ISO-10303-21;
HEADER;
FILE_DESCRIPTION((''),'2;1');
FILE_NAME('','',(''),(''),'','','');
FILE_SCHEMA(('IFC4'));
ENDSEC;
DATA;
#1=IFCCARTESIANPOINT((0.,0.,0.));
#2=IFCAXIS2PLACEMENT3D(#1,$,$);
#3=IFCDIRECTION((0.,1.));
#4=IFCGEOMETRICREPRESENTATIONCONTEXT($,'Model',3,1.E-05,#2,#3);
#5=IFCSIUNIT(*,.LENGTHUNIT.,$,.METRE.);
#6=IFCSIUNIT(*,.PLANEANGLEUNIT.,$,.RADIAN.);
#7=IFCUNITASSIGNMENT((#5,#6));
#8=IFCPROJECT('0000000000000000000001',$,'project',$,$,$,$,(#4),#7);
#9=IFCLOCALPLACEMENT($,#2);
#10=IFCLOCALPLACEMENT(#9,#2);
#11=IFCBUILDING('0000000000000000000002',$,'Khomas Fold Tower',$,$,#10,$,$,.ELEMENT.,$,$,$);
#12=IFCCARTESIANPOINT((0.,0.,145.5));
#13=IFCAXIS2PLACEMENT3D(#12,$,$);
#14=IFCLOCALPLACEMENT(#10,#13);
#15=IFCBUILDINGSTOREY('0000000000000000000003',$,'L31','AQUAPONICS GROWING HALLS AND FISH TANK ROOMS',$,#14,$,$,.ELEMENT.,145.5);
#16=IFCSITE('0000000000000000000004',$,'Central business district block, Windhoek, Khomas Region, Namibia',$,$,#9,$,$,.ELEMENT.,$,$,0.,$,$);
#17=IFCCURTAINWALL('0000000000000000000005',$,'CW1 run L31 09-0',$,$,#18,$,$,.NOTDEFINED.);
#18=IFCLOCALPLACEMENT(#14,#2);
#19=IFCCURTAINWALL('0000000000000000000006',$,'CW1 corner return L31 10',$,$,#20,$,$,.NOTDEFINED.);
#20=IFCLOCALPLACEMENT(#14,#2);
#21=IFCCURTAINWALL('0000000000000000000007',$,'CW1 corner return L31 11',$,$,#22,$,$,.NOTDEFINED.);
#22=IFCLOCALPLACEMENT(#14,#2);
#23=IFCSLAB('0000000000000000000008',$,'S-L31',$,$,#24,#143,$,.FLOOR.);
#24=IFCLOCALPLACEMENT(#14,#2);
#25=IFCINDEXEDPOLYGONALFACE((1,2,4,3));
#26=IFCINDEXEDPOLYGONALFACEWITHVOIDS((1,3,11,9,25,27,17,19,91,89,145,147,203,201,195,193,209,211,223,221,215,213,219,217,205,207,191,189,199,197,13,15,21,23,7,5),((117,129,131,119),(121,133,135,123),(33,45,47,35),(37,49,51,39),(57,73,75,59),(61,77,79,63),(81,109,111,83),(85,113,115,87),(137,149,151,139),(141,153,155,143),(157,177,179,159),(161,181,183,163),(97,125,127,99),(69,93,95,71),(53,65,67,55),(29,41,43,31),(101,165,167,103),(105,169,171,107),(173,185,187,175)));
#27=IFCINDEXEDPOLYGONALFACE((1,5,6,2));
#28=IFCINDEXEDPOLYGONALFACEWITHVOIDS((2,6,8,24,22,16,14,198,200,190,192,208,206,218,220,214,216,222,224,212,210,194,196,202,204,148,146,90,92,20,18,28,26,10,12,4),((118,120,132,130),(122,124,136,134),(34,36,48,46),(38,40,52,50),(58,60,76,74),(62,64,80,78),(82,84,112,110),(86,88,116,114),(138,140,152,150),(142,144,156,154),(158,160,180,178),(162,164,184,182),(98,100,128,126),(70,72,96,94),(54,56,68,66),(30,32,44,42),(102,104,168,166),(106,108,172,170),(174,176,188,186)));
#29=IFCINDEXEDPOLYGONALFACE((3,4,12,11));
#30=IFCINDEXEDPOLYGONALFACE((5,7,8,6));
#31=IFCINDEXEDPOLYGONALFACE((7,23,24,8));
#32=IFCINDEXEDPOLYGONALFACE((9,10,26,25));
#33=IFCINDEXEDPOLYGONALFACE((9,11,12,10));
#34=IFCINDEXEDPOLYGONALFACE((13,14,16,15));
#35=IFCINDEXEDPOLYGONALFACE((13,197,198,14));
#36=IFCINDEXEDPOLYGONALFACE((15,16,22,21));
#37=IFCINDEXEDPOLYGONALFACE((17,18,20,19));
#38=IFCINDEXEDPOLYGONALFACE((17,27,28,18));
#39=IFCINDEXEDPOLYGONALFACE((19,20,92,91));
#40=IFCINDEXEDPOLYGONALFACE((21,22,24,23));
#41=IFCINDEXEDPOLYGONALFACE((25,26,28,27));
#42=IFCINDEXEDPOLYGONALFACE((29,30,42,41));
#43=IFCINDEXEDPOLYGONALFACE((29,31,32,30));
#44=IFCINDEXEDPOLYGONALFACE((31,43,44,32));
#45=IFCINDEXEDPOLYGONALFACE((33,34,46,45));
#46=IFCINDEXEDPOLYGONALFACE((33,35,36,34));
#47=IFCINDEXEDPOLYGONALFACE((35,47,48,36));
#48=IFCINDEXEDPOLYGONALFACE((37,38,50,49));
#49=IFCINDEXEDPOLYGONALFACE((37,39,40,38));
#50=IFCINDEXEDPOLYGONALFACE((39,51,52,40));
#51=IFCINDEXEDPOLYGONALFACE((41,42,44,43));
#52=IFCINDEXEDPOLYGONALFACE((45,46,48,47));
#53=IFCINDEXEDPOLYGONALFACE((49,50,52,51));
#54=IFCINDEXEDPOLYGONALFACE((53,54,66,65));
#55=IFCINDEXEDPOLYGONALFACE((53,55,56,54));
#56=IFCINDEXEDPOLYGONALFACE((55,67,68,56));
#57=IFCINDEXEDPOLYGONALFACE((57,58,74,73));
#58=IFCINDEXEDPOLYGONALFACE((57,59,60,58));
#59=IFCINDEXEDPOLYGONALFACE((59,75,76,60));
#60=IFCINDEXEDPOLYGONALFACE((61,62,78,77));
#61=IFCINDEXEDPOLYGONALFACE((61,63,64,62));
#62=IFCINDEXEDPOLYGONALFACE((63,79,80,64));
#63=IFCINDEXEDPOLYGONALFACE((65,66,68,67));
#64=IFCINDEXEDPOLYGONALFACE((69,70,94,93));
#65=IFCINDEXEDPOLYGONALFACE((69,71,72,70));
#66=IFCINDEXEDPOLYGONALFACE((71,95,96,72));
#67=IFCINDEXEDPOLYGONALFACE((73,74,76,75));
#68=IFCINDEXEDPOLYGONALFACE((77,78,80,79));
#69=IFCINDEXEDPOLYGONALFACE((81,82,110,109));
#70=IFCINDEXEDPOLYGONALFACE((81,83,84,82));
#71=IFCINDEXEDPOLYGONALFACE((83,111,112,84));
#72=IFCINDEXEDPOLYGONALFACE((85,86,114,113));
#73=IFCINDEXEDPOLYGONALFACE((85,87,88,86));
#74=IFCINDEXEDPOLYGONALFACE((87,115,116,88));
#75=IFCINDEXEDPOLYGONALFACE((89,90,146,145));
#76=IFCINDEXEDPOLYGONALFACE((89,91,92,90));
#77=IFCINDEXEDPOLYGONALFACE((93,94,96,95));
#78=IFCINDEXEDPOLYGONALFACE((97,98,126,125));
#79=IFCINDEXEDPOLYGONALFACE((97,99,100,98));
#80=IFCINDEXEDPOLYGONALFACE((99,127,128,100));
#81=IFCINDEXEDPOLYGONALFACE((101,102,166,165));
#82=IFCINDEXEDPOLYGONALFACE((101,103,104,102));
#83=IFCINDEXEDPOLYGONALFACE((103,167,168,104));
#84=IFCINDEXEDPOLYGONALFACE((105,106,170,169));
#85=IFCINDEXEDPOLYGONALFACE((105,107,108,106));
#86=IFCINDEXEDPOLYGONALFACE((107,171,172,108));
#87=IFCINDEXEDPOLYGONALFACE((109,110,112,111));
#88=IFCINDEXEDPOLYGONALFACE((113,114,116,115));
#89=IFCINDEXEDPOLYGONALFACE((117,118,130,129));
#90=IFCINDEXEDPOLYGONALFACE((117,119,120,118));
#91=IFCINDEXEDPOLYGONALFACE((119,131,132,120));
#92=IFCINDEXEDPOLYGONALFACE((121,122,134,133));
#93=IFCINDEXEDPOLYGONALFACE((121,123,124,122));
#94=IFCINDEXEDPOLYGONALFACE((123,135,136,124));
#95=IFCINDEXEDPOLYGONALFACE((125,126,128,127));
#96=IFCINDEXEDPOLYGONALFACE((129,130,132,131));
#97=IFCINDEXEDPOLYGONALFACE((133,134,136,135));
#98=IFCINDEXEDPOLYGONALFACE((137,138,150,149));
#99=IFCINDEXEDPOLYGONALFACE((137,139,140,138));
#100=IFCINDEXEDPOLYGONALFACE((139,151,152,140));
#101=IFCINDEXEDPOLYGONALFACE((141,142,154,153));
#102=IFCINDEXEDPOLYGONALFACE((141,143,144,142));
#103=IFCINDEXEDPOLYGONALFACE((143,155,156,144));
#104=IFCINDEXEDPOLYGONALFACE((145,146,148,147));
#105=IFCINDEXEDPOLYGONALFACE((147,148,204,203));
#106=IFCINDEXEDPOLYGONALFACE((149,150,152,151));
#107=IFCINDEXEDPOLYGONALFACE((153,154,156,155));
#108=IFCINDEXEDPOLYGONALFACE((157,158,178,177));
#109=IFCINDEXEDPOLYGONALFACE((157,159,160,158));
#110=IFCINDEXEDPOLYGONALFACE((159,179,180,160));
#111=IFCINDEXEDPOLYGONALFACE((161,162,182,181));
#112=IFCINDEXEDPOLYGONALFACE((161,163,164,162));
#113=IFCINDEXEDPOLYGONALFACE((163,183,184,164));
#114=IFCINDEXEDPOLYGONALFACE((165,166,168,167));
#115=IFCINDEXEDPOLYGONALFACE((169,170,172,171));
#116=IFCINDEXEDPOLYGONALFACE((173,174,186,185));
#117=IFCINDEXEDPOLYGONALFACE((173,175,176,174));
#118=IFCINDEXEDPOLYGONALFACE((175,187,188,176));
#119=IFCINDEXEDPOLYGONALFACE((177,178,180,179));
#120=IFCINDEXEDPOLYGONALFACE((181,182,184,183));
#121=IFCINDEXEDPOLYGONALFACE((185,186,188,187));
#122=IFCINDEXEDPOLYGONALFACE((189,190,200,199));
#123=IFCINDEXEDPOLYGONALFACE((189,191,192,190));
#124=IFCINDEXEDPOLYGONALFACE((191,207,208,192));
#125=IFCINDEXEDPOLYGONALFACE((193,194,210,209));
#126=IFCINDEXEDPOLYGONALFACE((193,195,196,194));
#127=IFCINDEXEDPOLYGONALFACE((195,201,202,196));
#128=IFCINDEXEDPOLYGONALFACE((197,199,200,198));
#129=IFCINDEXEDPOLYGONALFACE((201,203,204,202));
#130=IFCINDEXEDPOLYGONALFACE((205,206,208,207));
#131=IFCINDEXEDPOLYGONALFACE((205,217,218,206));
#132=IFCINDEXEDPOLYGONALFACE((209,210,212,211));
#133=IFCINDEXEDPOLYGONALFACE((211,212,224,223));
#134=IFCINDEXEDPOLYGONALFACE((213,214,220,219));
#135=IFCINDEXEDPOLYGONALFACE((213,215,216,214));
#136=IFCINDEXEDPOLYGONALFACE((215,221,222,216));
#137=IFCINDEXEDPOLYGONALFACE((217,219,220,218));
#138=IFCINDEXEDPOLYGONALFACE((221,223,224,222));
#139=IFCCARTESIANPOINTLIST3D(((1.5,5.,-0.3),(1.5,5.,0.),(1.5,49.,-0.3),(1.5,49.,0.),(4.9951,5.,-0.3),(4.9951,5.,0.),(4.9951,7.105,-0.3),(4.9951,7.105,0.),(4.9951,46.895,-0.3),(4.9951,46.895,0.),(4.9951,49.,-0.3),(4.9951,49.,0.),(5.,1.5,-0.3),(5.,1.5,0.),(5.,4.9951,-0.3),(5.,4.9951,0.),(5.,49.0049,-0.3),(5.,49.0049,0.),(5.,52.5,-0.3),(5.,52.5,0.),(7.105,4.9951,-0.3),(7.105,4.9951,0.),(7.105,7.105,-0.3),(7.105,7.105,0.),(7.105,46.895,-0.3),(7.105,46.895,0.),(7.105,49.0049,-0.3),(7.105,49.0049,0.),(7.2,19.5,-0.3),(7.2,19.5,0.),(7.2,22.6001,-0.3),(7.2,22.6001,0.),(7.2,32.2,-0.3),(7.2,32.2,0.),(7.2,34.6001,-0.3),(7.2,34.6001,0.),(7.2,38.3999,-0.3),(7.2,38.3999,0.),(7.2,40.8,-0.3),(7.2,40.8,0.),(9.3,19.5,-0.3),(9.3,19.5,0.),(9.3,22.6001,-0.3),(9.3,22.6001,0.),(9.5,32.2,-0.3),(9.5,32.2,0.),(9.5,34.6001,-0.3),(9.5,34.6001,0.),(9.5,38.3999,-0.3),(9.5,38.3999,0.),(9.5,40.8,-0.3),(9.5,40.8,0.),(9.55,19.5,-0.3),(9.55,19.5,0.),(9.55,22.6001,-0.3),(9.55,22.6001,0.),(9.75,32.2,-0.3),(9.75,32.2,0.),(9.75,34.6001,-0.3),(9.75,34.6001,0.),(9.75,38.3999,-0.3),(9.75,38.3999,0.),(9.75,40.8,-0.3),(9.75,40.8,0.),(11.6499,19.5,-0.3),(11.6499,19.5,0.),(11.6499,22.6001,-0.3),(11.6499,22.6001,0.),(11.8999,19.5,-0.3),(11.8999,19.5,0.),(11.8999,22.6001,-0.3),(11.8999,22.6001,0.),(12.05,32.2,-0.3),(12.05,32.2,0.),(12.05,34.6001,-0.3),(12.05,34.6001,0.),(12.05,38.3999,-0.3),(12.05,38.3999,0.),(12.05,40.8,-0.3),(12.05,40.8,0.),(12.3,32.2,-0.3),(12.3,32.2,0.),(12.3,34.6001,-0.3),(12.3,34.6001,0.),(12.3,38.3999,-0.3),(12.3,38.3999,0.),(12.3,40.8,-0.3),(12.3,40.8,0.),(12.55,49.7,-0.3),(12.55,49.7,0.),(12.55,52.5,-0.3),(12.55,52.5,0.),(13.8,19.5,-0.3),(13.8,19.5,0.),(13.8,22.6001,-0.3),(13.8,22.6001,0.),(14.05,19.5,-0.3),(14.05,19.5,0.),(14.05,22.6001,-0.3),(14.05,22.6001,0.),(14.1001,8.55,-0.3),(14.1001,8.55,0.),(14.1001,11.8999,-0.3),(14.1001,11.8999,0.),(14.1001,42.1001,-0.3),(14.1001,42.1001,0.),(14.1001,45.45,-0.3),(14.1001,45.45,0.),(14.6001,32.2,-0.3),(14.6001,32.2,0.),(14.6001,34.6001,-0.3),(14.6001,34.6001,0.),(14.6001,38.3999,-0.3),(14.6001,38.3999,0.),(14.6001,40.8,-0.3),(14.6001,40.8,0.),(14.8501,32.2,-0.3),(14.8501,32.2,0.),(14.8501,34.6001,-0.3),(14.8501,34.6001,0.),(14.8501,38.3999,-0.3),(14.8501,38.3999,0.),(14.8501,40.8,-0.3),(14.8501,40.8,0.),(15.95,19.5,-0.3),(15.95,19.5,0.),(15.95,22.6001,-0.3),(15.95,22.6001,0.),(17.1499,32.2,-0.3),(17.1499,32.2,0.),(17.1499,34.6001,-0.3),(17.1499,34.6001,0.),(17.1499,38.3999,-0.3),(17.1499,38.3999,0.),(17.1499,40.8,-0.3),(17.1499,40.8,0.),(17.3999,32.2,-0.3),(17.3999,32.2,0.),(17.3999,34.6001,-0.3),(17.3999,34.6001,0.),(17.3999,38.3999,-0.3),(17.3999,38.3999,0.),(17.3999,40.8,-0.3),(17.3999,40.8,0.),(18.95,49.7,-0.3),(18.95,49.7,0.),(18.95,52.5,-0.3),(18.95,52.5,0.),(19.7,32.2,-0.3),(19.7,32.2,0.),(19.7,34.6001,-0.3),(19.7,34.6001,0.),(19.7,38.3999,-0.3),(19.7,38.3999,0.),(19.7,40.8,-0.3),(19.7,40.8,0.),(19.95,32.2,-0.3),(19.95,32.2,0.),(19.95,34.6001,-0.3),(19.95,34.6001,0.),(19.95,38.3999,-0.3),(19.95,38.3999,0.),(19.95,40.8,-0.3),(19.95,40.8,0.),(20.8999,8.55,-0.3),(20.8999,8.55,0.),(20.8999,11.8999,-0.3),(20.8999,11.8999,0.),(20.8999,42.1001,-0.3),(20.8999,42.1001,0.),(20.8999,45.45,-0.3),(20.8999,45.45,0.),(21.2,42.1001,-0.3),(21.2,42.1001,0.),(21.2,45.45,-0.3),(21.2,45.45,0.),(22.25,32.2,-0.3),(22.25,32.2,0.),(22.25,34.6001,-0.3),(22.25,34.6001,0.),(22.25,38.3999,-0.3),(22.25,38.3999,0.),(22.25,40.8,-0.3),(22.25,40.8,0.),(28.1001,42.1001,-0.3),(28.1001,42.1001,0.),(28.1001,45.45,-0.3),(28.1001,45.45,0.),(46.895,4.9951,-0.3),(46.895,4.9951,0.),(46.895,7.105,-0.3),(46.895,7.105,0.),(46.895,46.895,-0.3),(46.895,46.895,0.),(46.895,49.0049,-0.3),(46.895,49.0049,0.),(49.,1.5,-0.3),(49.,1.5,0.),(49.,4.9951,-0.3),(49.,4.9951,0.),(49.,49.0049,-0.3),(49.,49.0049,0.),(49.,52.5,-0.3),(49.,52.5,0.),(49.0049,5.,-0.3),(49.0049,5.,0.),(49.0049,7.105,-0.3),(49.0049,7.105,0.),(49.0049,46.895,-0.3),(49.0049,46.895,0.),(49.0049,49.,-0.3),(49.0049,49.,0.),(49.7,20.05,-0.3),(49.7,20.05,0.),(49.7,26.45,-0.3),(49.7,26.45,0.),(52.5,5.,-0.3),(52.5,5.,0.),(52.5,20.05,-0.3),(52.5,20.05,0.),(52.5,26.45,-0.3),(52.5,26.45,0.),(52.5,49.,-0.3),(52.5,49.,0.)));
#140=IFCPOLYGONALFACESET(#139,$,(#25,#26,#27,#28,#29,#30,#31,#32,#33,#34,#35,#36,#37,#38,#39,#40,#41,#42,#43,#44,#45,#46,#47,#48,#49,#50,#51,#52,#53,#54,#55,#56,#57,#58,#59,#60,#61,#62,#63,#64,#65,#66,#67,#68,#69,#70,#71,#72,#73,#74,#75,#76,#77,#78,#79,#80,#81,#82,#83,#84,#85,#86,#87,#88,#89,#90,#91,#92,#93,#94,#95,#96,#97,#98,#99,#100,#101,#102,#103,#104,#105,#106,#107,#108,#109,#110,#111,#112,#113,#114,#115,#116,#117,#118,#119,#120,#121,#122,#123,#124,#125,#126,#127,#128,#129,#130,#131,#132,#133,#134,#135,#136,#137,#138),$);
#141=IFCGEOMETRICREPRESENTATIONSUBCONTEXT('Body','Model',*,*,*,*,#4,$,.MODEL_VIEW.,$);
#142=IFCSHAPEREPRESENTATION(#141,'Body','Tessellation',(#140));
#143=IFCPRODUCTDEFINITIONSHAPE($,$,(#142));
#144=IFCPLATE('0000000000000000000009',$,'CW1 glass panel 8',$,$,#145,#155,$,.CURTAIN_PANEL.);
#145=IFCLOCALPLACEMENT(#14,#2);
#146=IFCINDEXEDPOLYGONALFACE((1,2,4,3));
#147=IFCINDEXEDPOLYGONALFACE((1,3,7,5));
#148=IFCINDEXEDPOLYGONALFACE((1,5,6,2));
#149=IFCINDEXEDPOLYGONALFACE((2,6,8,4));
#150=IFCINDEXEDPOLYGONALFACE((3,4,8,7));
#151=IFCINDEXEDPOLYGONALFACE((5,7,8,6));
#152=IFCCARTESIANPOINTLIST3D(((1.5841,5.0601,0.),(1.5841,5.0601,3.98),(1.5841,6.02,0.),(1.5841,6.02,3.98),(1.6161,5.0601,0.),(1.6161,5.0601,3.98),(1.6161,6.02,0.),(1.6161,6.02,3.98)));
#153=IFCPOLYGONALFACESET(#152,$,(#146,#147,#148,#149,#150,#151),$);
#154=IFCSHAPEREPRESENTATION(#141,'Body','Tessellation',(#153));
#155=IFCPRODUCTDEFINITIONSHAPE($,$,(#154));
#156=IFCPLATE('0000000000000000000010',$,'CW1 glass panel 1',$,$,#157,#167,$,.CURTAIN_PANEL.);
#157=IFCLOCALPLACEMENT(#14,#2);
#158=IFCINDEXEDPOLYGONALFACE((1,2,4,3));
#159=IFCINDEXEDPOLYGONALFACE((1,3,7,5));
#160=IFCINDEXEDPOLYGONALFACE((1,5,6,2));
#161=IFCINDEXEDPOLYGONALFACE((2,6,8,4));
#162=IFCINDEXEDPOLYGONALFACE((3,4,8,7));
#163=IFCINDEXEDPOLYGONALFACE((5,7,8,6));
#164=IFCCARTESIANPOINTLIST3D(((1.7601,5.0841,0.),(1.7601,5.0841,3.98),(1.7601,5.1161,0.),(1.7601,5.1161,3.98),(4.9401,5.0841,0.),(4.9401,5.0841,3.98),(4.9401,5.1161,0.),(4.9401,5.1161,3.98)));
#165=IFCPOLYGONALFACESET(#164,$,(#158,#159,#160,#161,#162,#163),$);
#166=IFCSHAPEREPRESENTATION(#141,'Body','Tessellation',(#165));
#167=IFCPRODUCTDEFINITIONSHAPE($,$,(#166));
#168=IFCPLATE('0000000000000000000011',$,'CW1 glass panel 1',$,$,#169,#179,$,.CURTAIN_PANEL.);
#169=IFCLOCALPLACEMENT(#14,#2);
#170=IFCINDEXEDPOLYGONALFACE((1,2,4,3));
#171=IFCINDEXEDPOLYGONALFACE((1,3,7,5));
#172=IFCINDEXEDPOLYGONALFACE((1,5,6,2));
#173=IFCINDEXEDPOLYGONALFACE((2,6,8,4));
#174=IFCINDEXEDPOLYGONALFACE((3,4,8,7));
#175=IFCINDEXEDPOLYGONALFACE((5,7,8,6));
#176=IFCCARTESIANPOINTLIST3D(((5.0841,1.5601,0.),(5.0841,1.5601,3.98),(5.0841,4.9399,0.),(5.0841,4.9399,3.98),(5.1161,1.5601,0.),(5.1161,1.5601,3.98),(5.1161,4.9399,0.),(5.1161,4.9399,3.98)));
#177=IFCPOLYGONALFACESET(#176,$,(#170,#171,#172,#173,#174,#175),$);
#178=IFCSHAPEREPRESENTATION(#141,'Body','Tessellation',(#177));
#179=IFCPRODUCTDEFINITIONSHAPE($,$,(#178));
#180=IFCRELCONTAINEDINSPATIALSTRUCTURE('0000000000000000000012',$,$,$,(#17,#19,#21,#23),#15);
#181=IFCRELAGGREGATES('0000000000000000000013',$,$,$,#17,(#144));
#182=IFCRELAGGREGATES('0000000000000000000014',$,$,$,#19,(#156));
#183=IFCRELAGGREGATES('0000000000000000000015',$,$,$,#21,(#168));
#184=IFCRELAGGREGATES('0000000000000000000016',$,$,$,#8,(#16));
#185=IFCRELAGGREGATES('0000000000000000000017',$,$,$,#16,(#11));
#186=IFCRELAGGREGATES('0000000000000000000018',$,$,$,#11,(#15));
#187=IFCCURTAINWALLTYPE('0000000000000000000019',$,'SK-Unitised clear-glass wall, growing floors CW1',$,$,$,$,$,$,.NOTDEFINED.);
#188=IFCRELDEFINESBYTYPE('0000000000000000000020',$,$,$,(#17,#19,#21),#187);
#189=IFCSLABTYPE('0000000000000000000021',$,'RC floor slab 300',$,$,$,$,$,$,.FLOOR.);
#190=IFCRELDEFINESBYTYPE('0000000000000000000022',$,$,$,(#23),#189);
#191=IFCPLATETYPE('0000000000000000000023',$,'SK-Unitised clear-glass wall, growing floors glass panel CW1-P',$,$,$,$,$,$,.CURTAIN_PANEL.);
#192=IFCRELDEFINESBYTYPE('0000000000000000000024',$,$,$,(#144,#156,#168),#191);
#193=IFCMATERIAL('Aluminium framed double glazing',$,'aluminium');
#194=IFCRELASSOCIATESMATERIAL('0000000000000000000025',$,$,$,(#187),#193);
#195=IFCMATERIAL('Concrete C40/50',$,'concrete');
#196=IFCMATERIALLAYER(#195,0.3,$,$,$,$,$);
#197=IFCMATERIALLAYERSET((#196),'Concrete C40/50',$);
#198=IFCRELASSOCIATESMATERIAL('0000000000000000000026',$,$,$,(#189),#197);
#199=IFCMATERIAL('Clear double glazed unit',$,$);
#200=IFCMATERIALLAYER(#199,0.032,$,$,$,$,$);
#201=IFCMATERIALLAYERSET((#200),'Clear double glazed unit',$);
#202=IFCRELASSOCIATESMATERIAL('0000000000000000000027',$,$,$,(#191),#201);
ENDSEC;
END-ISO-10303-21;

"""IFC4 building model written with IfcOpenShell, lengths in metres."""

from ifc_helpers import new_model, si_unit, direction, frame, origin, origin_2d, place, context, subcontext, project, spatial, polyline, rectangle, outline, extrude, source, transform, mapped, material, layer, layer_set, type_object, element, aggregate, save


model = new_model("IFC4")

# Units and contexts
model_context = context("Model", 3, precision=1e-05, world=origin(), true_north=direction((0.0, 1.0)))
body_context = subcontext(model_context, "Body", "Model", "MODEL_VIEW")
ifc_project = project(units=[si_unit("LENGTHUNIT", "METRE"), si_unit("PLANEANGLEUNIT", "RADIAN")], contexts=[model_context])

# Site, building, storey
site_placement = place(None, origin())
site = spatial("IfcSite", under=ifc_project, at=site_placement, Name="Central business district block, Windhoek, Khomas Region, Namibia", CompositionType="ELEMENT", RefElevation=0.0)
building_placement = place(site_placement, origin())
building = spatial("IfcBuilding", under=site, at=building_placement, Name="Khomas Fold Tower", CompositionType="ELEMENT")
storey_placement = place(building_placement, frame((0.0, 0.0, 145.5)))
storey = spatial("IfcBuildingStorey", under=building, at=storey_placement, Name="L31", Description="AQUAPONICS GROWING HALLS AND FISH TANK ROOMS", CompositionType="ELEMENT", Elevation=145.5)

# Curtain walls
ifc_material_1 = material(Name="Aluminium framed double glazing", Category="aluminium")
curtain_wall_type = type_object("IfcCurtainWallType", Name="SK-Unitised clear-glass wall, growing floors CW1", PredefinedType="NOTDEFINED", material=ifc_material_1)
curtain_wall_1_placement = place(storey_placement, origin())
curtain_wall_1 = element("IfcCurtainWall", 1, at=curtain_wall_1_placement, inside=storey, type_object=curtain_wall_type, Name="CW1 run L31 09-0", PredefinedType="NOTDEFINED")
curtain_wall_2_placement = place(storey_placement, origin())
curtain_wall_2 = element("IfcCurtainWall", 2, at=curtain_wall_2_placement, inside=storey, type_object=curtain_wall_type, Name="CW1 corner return L31 10", PredefinedType="NOTDEFINED")

# Curtain wall
curtain_wall_3_placement = place(storey_placement, origin())
curtain_wall_3 = element("IfcCurtainWall", 3, at=curtain_wall_3_placement, inside=storey, type_object=curtain_wall_type, Name="CW1 corner return L31 11", PredefinedType="NOTDEFINED")

# Slab
ifc_material_2 = material(Name="Concrete C40/50", Category="concrete")
ifc_layer_1 = layer(ifc_material_2, 0.3)
ifc_layer_set_1 = layer_set([ifc_layer_1], Name="Concrete C40/50")
slab_type_1 = type_object("IfcSlabType", Name="RC floor slab 300", PredefinedType="FLOOR", material=ifc_layer_set_1)
shared_shape_1 = source(origin(), body_context, "Body", "SweptSolid", [
    extrude(outline(polyline([(1.5, 5.0), (4.9951, 5.0), (4.9951, 7.105), (7.105, 7.105), (7.105, 4.9951), (5.0, 4.9951), (5.0, 1.5), (49.0, 1.5), (49.0, 4.9951), (46.895, 4.9951), (46.895, 7.105), (49.0049, 7.105), (49.0049, 5.0), (52.5, 5.0), (52.5, 20.05), (49.7, 20.05), (49.7, 26.45), (52.5, 26.45), (52.5, 49.0), (49.0049, 49.0), (49.0049, 46.895), (46.895, 46.895), (46.895, 49.0049), (49.0, 49.0049), (49.0, 52.5), (18.95, 52.5), (18.95, 49.7), (12.55, 49.7), (12.55, 52.5), (5.0, 52.5), (5.0, 49.0049), (7.105, 49.0049), (7.105, 46.895), (4.9951, 46.895), (4.9951, 49.0), (1.5, 49.0), (1.5, 5.0)]), holes=[polyline([(7.2, 19.5), (7.2, 22.6001), (9.3, 22.6001), (9.3, 19.5), (7.2, 19.5)]), polyline([(7.2, 32.2), (7.2, 34.6001), (9.5, 34.6001), (9.5, 32.2), (7.2, 32.2)]), polyline([(7.2, 38.3999), (7.2, 40.8), (9.5, 40.8), (9.5, 38.3999), (7.2, 38.3999)]), polyline([(9.55, 19.5), (9.55, 22.6001), (11.6499, 22.6001), (11.6499, 19.5), (9.55, 19.5)]), polyline([(9.75, 32.2), (9.75, 34.6001), (12.05, 34.6001), (12.05, 32.2), (9.75, 32.2)]), polyline([(9.75, 38.3999), (9.75, 40.8), (12.05, 40.8), (12.05, 38.3999), (9.75, 38.3999)]), polyline([(11.8999, 19.5), (11.8999, 22.6001), (13.8, 22.6001), (13.8, 19.5), (11.8999, 19.5)]), polyline([(12.3, 32.2), (12.3, 34.6001), (14.6001, 34.6001), (14.6001, 32.2), (12.3, 32.2)]), polyline([(12.3, 38.3999), (12.3, 40.8), (14.6001, 40.8), (14.6001, 38.3999), (12.3, 38.3999)]), polyline([(14.05, 19.5), (14.05, 22.6001), (15.95, 22.6001), (15.95, 19.5), (14.05, 19.5)]), polyline([(14.1001, 8.55), (14.1001, 11.8999), (20.8999, 11.8999), (20.8999, 8.55), (14.1001, 8.55)]), polyline([(14.1001, 42.1001), (14.1001, 45.45), (20.8999, 45.45), (20.8999, 42.1001), (14.1001, 42.1001)]), polyline([(14.8501, 32.2), (14.8501, 34.6001), (17.1499, 34.6001), (17.1499, 32.2), (14.8501, 32.2)]), polyline([(14.8501, 38.3999), (14.8501, 40.8), (17.1499, 40.8), (17.1499, 38.3999), (14.8501, 38.3999)]), polyline([(17.3999, 32.2), (17.3999, 34.6001), (19.7, 34.6001), (19.7, 32.2), (17.3999, 32.2)]), polyline([(17.3999, 38.3999), (17.3999, 40.8), (19.7, 40.8), (19.7, 38.3999), (17.3999, 38.3999)]), polyline([(19.95, 32.2), (19.95, 34.6001), (22.25, 34.6001), (22.25, 32.2), (19.95, 32.2)]), polyline([(19.95, 38.3999), (19.95, 40.8), (22.25, 40.8), (22.25, 38.3999), (19.95, 38.3999)]), polyline([(21.2, 42.1001), (21.2, 45.45), (28.1001, 45.45), (28.1001, 42.1001), (21.2, 42.1001)])]), origin(), (0.0, 0.0, 1.0), 0.3),
])
slab_1_placement = place(storey_placement, frame((0.0, 0.0, -0.3)))
element("IfcSlab", 4, at=slab_1_placement, inside=storey, type_object=slab_type_1, Name="S-L31", PredefinedType="FLOOR", context=body_context, shape_type="MappedRepresentation", body=[
    mapped(shared_shape_1, transform((0.0, 0.0, 0.0))),
])

# Plates
ifc_material_3 = material(Name="Clear double glazed unit")
ifc_layer_2 = layer(ifc_material_3, 0.032)
ifc_layer_set_2 = layer_set([ifc_layer_2], Name="Clear double glazed unit")
plate_type = type_object("IfcPlateType", Name="SK-Unitised clear-glass wall, growing floors glass panel CW1-P", PredefinedType="CURTAIN_PANEL", material=ifc_layer_set_2)
shared_shape_2 = source(origin(), body_context, "Body", "SweptSolid", [
    extrude(rectangle(XDim=0.96, YDim=0.032, at=origin_2d()), origin(), (0.0, 0.0, 1.0), 3.98),
])
plate_1_placement = place(storey_placement, frame((1.6001, 5.54, 0.0), z_axis=(0.0, 0.0, 1.0), x_axis=(0.0, -1.0, 0.0)))
plate_1 = element("IfcPlate", 5, at=plate_1_placement, type_object=plate_type, Name="CW1 glass panel 8", PredefinedType="CURTAIN_PANEL", context=body_context, shape_type="MappedRepresentation", body=[
    mapped(shared_shape_2, transform((0.0, 0.0, 0.0))),
])
aggregate(curtain_wall_1, [plate_1])
shared_shape_3 = source(origin(), body_context, "Body", "SweptSolid", [
    extrude(rectangle(XDim=3.1799, YDim=0.032, at=origin_2d()), origin(), (0.0, 0.0, 1.0), 3.98),
])
plate_2_placement = place(storey_placement, frame((3.3501, 5.1001, 0.0), z_axis=(0.0, 0.0, 1.0), x_axis=(1.0, 0.0, 0.0)))
plate_2 = element("IfcPlate", 6, at=plate_2_placement, type_object=plate_type, Name="CW1 glass panel 1", PredefinedType="CURTAIN_PANEL", context=body_context, shape_type="MappedRepresentation", body=[
    mapped(shared_shape_3, transform((0.0, 0.0, 0.0))),
])
aggregate(curtain_wall_2, [plate_2])
shared_shape_4 = source(origin(), body_context, "Body", "SweptSolid", [
    extrude(rectangle(XDim=3.3799, YDim=0.032, at=origin_2d()), origin(), (0.0, 0.0, 1.0), 3.98),
])
plate_3_placement = place(storey_placement, frame((5.1001, 3.25, 0.0), z_axis=(0.0, 0.0, 1.0), x_axis=(0.0, -1.0, 0.0)))
plate_3 = element("IfcPlate", 7, at=plate_3_placement, type_object=plate_type, Name="CW1 glass panel 1", PredefinedType="CURTAIN_PANEL", context=body_context, shape_type="MappedRepresentation", body=[
    mapped(shared_shape_4, transform((0.0, 0.0, 0.0))),
])
aggregate(curtain_wall_3, [plate_3])

save(model, "model.ifc")
